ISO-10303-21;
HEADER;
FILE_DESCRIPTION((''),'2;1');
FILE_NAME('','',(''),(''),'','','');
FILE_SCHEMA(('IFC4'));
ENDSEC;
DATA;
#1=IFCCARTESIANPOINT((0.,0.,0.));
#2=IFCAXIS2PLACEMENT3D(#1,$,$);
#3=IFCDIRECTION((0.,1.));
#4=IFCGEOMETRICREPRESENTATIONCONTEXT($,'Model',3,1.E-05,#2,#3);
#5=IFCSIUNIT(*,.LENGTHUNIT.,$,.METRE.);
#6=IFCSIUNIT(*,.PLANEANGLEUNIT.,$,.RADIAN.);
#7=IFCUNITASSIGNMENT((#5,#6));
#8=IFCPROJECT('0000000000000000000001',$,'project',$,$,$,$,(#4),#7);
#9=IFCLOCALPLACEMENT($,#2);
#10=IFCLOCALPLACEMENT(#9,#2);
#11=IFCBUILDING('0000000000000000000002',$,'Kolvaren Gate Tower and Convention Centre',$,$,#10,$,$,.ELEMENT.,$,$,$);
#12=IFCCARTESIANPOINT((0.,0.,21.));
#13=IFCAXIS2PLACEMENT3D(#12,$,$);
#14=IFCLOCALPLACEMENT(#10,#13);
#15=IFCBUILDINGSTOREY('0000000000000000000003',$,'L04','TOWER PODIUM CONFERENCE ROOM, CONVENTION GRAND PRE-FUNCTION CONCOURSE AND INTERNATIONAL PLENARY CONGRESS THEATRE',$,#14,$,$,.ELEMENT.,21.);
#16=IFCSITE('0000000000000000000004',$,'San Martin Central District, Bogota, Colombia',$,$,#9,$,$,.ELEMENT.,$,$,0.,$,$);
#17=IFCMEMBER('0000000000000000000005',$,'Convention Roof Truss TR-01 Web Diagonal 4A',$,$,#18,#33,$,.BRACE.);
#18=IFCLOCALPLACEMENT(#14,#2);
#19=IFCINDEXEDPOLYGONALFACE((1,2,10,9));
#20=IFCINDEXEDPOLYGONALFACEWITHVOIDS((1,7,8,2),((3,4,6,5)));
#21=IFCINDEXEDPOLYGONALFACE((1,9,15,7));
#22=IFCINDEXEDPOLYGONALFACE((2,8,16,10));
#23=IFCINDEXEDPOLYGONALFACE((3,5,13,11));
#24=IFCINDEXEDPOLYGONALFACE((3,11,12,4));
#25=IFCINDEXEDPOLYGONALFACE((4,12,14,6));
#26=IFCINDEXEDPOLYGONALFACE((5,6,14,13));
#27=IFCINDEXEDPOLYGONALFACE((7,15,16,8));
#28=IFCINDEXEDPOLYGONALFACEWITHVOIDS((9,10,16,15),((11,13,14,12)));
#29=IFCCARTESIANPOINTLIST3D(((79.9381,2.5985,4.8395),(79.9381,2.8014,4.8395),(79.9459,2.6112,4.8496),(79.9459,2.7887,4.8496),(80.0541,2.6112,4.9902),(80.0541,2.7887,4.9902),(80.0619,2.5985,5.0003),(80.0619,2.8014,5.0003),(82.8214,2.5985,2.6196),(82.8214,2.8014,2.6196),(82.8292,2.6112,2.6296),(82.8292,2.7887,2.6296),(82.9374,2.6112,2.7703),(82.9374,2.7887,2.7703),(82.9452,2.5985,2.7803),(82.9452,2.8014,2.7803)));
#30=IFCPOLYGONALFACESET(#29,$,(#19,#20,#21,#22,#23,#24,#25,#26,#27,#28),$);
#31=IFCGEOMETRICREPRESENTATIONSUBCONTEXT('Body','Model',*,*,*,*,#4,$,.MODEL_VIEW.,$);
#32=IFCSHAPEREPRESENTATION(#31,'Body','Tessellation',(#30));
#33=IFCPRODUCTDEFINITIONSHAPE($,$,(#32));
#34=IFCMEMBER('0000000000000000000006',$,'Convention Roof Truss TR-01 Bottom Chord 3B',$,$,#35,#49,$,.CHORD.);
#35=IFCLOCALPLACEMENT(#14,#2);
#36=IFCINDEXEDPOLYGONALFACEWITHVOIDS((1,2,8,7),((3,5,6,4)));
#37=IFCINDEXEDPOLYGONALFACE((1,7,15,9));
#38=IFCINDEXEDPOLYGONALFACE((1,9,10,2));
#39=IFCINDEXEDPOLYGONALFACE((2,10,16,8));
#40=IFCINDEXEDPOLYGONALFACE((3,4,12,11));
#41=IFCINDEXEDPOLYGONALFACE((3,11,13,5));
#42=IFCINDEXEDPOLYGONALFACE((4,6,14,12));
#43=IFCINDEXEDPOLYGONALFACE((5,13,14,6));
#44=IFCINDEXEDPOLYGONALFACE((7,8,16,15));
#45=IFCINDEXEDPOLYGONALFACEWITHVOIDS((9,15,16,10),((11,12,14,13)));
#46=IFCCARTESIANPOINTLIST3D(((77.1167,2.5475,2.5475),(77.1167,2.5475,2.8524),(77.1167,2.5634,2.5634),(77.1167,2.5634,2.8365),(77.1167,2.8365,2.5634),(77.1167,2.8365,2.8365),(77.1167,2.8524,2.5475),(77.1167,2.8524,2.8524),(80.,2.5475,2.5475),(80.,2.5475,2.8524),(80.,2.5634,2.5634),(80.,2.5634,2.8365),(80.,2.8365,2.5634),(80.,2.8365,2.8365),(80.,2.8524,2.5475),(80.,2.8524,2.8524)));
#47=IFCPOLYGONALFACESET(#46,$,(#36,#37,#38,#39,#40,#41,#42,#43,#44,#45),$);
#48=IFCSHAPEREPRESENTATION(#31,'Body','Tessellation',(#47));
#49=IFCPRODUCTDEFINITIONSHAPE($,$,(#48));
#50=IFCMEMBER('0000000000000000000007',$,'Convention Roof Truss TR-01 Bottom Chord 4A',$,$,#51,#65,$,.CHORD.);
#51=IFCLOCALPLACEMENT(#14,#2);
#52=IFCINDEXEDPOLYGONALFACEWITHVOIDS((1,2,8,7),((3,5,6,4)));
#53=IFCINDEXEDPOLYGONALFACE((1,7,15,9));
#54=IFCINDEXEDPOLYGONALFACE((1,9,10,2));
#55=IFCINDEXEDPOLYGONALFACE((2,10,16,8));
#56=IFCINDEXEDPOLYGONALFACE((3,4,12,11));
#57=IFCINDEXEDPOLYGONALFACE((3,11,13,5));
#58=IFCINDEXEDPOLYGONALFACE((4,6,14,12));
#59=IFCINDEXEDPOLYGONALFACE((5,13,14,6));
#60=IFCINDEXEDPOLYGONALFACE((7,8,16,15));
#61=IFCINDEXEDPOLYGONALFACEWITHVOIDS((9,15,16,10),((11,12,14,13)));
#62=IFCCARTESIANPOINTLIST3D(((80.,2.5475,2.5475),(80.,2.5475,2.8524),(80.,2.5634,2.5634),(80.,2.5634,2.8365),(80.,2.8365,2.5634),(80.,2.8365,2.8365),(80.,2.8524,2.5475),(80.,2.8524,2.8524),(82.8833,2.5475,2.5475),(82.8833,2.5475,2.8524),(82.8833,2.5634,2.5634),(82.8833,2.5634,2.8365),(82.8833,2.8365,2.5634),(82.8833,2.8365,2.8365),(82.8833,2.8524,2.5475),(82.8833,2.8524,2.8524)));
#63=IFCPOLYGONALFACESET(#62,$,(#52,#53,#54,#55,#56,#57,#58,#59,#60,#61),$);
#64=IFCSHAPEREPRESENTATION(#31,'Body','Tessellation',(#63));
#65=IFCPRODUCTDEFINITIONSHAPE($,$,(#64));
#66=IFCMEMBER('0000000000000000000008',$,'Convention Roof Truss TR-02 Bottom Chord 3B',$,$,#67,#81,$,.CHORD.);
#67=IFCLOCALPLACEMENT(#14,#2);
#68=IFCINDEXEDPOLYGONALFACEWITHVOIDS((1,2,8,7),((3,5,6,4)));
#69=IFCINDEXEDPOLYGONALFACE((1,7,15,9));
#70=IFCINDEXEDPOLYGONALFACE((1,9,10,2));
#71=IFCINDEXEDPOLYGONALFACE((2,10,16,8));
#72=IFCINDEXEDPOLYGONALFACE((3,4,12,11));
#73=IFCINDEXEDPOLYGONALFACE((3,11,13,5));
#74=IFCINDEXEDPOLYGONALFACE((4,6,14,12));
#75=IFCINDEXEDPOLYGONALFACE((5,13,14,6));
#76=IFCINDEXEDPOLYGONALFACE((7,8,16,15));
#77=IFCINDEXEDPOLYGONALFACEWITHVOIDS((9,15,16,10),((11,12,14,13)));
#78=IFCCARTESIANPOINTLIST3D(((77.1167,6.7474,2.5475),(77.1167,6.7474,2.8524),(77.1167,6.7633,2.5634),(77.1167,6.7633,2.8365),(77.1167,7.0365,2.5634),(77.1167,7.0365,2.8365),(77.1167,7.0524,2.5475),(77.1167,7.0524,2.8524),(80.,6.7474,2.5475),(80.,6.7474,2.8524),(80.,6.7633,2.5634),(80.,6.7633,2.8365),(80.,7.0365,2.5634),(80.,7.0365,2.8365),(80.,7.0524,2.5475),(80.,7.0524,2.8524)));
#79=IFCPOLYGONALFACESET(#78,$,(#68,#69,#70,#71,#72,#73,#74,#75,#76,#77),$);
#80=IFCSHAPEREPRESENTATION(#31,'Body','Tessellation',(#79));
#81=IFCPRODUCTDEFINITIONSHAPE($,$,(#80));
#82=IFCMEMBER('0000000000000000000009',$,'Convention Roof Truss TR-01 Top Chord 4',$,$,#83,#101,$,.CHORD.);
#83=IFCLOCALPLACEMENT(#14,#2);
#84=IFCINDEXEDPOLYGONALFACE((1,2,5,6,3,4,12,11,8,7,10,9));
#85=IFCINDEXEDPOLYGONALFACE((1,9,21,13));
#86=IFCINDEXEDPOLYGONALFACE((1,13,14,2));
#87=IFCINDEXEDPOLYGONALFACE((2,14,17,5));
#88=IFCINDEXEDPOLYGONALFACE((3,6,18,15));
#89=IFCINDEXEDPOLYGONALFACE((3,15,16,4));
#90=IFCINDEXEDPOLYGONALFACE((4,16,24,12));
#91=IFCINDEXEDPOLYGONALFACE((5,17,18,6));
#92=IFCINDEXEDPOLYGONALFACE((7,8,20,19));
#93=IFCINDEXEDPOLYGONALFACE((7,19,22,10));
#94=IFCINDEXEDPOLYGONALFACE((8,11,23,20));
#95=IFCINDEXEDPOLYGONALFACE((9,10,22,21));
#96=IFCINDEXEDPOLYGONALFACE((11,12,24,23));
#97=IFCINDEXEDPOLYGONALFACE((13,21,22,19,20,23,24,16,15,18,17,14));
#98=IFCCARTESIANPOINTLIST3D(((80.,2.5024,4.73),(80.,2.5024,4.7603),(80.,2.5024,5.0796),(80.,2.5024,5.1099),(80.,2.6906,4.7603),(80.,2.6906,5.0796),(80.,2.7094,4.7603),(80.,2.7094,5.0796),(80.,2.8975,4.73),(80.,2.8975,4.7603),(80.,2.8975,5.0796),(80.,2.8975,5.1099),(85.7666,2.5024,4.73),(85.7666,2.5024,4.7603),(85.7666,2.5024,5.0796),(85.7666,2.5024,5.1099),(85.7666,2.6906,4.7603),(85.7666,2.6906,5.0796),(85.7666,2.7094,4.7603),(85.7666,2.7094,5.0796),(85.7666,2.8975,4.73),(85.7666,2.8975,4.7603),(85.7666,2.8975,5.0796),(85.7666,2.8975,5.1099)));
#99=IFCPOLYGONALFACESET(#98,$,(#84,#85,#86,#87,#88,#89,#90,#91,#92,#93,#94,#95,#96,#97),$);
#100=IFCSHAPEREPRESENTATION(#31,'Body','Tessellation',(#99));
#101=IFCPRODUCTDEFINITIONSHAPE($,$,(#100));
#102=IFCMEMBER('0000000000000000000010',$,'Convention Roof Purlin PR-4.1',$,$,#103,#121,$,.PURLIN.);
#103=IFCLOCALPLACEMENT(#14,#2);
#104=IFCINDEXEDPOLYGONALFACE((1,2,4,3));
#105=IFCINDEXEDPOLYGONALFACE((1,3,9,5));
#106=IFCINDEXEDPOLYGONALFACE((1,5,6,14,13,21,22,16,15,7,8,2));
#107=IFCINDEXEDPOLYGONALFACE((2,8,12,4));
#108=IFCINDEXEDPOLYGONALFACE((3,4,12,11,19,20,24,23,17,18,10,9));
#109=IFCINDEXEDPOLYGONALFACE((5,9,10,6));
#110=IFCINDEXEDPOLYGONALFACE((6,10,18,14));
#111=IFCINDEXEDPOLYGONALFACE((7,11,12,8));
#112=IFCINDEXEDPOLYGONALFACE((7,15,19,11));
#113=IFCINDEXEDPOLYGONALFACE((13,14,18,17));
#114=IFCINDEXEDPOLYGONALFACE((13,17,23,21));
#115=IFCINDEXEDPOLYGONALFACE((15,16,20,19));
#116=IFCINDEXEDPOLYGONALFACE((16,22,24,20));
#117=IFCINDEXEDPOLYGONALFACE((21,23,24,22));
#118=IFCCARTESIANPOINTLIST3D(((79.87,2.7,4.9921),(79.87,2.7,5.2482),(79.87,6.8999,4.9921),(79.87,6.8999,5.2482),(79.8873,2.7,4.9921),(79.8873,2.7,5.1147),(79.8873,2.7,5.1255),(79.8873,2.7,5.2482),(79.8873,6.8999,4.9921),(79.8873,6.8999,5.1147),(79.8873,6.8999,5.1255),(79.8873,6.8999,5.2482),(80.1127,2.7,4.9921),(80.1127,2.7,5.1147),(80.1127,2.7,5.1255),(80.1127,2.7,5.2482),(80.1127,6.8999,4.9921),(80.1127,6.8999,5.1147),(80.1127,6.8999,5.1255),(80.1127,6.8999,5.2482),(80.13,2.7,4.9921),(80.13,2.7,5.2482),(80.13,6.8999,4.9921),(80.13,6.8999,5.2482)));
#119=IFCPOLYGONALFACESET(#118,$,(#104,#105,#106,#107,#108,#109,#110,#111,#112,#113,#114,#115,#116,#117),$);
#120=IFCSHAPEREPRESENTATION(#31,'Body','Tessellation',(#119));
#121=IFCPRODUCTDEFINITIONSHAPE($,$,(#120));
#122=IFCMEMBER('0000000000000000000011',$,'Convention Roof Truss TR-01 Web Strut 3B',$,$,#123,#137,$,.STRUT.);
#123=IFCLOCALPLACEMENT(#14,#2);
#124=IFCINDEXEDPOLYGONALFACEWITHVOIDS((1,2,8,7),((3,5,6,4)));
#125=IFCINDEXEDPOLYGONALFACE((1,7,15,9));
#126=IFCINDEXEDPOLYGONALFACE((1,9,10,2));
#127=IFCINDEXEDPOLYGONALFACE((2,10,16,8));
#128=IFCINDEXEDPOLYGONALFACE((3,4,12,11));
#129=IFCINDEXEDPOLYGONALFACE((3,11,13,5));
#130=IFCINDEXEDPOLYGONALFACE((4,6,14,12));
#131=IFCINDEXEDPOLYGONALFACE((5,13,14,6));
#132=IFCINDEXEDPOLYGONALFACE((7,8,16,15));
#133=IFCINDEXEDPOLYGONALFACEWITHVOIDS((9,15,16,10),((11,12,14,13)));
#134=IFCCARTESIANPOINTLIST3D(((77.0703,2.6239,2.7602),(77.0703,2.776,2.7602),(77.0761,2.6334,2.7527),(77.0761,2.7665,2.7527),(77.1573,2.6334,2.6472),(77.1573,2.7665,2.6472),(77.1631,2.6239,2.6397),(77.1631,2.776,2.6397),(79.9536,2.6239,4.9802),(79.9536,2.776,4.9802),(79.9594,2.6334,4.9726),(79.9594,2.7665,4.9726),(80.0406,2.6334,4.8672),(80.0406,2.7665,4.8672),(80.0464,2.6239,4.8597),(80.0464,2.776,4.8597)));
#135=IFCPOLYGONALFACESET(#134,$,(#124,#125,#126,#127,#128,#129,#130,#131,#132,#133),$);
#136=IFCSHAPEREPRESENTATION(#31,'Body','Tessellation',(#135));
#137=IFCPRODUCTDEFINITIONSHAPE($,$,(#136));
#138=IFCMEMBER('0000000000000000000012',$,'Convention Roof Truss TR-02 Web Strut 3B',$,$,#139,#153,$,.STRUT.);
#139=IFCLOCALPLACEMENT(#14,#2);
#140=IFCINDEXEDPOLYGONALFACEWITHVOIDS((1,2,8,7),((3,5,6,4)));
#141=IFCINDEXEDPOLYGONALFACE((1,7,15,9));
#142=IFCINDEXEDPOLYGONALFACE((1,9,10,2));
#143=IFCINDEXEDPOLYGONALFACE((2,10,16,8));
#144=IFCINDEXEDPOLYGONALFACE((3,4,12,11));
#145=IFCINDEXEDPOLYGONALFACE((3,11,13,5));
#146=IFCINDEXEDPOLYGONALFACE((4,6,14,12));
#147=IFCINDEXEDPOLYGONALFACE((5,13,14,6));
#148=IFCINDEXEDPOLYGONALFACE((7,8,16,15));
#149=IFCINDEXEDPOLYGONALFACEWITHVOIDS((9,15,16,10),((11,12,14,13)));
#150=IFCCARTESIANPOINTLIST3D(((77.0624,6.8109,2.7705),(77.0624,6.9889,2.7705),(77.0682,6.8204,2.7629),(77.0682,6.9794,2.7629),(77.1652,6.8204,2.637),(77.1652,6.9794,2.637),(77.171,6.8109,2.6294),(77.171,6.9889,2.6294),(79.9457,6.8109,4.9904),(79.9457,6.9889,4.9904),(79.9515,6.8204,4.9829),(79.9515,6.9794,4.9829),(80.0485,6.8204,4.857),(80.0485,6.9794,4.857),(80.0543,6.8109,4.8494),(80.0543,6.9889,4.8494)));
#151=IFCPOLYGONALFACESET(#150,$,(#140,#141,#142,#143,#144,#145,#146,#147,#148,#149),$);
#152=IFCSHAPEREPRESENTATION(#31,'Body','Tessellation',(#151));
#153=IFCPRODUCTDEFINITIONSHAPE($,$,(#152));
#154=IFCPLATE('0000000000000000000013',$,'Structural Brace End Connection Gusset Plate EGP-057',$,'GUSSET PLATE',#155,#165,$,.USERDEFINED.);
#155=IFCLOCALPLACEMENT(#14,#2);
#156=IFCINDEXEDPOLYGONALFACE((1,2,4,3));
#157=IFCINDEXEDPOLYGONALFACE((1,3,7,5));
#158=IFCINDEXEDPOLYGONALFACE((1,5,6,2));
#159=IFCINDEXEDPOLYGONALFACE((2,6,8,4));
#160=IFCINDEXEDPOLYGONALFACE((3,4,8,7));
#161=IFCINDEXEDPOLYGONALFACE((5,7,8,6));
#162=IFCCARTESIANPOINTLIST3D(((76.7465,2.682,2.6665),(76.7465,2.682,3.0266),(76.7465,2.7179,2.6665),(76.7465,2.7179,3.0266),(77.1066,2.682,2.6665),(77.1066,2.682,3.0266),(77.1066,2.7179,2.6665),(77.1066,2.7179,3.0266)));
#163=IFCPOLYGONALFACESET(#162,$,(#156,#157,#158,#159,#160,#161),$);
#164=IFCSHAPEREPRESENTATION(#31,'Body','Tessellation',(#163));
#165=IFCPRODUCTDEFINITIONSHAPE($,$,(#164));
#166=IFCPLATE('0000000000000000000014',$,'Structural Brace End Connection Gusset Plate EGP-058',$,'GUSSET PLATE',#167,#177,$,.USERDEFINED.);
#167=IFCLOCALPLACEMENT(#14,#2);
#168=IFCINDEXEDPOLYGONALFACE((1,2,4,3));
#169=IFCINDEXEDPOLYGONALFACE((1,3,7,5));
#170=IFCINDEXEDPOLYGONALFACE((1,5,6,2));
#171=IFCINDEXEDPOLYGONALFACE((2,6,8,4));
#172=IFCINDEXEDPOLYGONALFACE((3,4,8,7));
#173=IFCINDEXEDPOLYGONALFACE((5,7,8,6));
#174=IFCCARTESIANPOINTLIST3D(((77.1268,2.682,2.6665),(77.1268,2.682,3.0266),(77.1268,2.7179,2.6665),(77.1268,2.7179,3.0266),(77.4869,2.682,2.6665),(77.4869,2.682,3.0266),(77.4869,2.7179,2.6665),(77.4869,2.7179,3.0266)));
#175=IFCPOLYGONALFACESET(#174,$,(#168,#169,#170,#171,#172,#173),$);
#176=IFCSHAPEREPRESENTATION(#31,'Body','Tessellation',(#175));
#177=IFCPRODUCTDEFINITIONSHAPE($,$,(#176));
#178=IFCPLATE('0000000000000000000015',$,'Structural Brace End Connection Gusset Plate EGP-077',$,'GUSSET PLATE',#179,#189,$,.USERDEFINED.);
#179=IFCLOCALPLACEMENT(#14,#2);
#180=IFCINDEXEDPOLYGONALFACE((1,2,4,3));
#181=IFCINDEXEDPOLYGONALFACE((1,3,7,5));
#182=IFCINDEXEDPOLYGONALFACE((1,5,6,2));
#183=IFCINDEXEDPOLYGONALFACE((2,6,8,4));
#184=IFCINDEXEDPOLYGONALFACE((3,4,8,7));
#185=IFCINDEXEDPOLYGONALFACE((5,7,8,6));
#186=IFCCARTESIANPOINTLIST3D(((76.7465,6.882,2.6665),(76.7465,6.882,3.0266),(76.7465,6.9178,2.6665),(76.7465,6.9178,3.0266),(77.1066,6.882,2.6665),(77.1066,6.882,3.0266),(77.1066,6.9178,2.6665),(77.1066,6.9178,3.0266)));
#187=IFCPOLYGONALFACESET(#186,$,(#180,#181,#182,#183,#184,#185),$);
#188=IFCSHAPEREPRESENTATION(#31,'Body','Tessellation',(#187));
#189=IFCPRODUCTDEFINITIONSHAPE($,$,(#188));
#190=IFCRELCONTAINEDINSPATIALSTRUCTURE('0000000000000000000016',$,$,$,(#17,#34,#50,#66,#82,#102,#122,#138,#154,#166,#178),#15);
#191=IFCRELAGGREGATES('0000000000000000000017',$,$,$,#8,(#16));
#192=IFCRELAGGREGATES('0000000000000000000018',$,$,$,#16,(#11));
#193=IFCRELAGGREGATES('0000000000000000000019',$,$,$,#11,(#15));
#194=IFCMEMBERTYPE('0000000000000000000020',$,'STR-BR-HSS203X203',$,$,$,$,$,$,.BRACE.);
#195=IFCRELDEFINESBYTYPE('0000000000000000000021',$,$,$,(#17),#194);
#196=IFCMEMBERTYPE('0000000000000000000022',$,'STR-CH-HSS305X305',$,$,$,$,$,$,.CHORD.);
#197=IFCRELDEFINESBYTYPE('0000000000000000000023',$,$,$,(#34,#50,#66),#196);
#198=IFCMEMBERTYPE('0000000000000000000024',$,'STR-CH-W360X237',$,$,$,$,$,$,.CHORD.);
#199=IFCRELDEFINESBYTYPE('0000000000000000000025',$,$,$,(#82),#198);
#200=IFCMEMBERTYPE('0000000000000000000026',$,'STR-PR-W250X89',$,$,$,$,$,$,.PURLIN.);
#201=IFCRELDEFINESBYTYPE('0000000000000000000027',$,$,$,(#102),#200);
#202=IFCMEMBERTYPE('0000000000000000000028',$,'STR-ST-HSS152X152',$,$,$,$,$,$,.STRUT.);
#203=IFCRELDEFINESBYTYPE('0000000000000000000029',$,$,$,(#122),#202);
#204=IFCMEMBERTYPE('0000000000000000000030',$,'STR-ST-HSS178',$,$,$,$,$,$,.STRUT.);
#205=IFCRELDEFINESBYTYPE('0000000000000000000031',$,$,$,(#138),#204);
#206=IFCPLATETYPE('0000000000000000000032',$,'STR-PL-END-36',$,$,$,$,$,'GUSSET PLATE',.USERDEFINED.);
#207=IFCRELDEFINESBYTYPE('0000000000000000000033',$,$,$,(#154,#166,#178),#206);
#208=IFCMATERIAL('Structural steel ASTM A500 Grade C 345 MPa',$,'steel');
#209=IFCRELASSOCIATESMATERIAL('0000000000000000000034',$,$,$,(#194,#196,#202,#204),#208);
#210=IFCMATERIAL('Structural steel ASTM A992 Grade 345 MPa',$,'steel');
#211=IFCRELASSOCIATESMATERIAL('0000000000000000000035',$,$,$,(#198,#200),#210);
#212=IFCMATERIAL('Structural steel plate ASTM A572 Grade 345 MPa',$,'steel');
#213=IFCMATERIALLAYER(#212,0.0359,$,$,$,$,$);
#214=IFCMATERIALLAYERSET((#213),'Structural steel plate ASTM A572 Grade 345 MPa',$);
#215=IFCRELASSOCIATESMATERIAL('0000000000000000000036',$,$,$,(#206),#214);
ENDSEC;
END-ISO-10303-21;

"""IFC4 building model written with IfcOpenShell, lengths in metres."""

from ifc_helpers import new_model, si_unit, direction, frame, origin, origin_2d, place, context, subcontext, project, spatial, rectangle, hollow_rectangle, i_section, extrude, material, layer, layer_set, material_profile, profile_set, type_object, element, save


model = new_model("IFC4")

# Units and contexts
model_context = context("Model", 3, precision=1e-05, world=origin(), true_north=direction((0.0, 1.0)))
body_context = subcontext(model_context, "Body", "Model", "MODEL_VIEW")
ifc_project = project(units=[si_unit("LENGTHUNIT", "METRE"), si_unit("PLANEANGLEUNIT", "RADIAN")], contexts=[model_context])

# Site, building, storey
site_placement = place(None, origin())
site = spatial("IfcSite", under=ifc_project, at=site_placement, Name="San Martin Central District, Bogota, Colombia", CompositionType="ELEMENT", RefElevation=0.0)
building_placement = place(site_placement, origin())
building = spatial("IfcBuilding", under=site, at=building_placement, Name="Kolvaren Gate Tower and Convention Centre", CompositionType="ELEMENT")
storey_placement = place(building_placement, frame((0.0, 0.0, 21.0)))
storey = spatial("IfcBuildingStorey", under=building, at=storey_placement, Name="L04", Description="TOWER PODIUM CONFERENCE ROOM, CONVENTION GRAND PRE-FUNCTION CONCOURSE AND INTERNATIONAL PLENARY CONGRESS THEATRE", CompositionType="ELEMENT", Elevation=21.0)

# Members
ifc_material_1 = material(Name="Structural steel ASTM A500 Grade C 345 MPa", Category="steel")
ifc_material_profile_1 = material_profile(ifc_material_1, hollow_rectangle(XDim=0.2029, YDim=0.2029, WallThickness=0.0127, at=origin_2d()), Name="HSS203X203X12.7")
ifc_profile_set_1 = profile_set([ifc_material_profile_1], Name="Structural steel ASTM A500 Grade C 345 MPa")
member_type_1 = type_object("IfcMemberType", Name="STR-BR-HSS203X203", PredefinedType="BRACE", material=ifc_profile_set_1)
member_1_placement = place(storey_placement, frame((80.0, 2.7, 4.9199), z_axis=(0.792352, 0.0, -0.610064), x_axis=(0.0, 1.0, 0.0)))
element("IfcMember", 1, at=member_1_placement, inside=storey, type_object=member_type_1, Name="Convention Roof Truss TR-01 Web Diagonal 4A", PredefinedType="BRACE", context=body_context, shape_type="SweptSolid", body=[
    extrude(hollow_rectangle(XDim=0.2029, YDim=0.2029, WallThickness=0.0127, at=origin_2d()), origin(), (0.0, 0.0, 1.0), 3.6389),
])
ifc_material_profile_2 = material_profile(ifc_material_1, hollow_rectangle(XDim=0.3049, YDim=0.3049, WallThickness=0.0159, at=origin_2d()), Name="HSS305X305X15.9")
ifc_profile_set_2 = profile_set([ifc_material_profile_2], Name="Structural steel ASTM A500 Grade C 345 MPa")
member_type_2 = type_object("IfcMemberType", Name="STR-CH-HSS305X305", PredefinedType="CHORD", material=ifc_profile_set_2)
for number, where, z_axis, x_axis, name in (
    (2, (77.1167, 2.7, 2.7), (1.0, 0.0, 0.0), (0.0, 1.0, 0.0), "Convention Roof Truss TR-01 Bottom Chord 3B"),
    (3, (80.0, 2.7, 2.7), (1.0, 0.0, 0.0), (0.0, 1.0, 0.0), "Convention Roof Truss TR-01 Bottom Chord 4A"),
    (4, (77.1167, 6.8999, 2.7), (1.0, 0.0, 0.0), (0.0, 1.0, 0.0), "Convention Roof Truss TR-02 Bottom Chord 3B"),
):
    element("IfcMember", number, at=place(storey_placement, frame(where, z_axis=z_axis, x_axis=x_axis)), inside=storey, type_object=member_type_2, Name=name, PredefinedType="CHORD", context=body_context, shape_type="SweptSolid", body=[
        extrude(hollow_rectangle(XDim=0.3049, YDim=0.3049, WallThickness=0.0159, at=origin_2d()), origin(), (0.0, 0.0, 1.0), 2.8833),
    ])
ifc_material_2 = material(Name="Structural steel ASTM A992 Grade 345 MPa", Category="steel")
ifc_material_profile_3 = material_profile(ifc_material_2, i_section(OverallWidth=0.395, OverallDepth=0.3799, WebThickness=0.0188, FlangeThickness=0.0303, at=origin_2d()), Name="W360X237")
ifc_profile_set_3 = profile_set([ifc_material_profile_3], Name="Structural steel ASTM A992 Grade 345 MPa")
member_type_3 = type_object("IfcMemberType", Name="STR-CH-W360X237", PredefinedType="CHORD", material=ifc_profile_set_3)
member_2_placement = place(storey_placement, frame((80.0, 2.7, 4.9199), z_axis=(1.0, 0.0, 0.0), x_axis=(0.0, 1.0, 0.0)))
element("IfcMember", 5, at=member_2_placement, inside=storey, type_object=member_type_3, Name="Convention Roof Truss TR-01 Top Chord 4", PredefinedType="CHORD", context=body_context, shape_type="SweptSolid", body=[
    extrude(i_section(OverallWidth=0.395, OverallDepth=0.3799, WebThickness=0.0188, FlangeThickness=0.0303, at=origin_2d()), origin(), (0.0, 0.0, 1.0), 5.7666),
])
ifc_material_profile_4 = material_profile(ifc_material_2, i_section(OverallWidth=0.2561, OverallDepth=0.26, WebThickness=0.0107, FlangeThickness=0.0173, at=origin_2d()), Name="W250X89")
ifc_profile_set_4 = profile_set([ifc_material_profile_4], Name="Structural steel ASTM A992 Grade 345 MPa")
member_type_4 = type_object("IfcMemberType", Name="STR-PR-W250X89", PredefinedType="PURLIN", material=ifc_profile_set_4)
member_3_placement = place(storey_placement, frame((80.0, 2.7, 5.1201), z_axis=(0.0, 1.0, 0.0), x_axis=(0.0, 0.0, 1.0)))
element("IfcMember", 6, at=member_3_placement, inside=storey, type_object=member_type_4, Name="Convention Roof Purlin PR-4.1", PredefinedType="PURLIN", context=body_context, shape_type="SweptSolid", body=[
    extrude(i_section(OverallWidth=0.2561, OverallDepth=0.26, WebThickness=0.0107, FlangeThickness=0.0173, at=origin_2d()), origin(), (0.0, 0.0, 1.0), 4.2),
])
ifc_material_profile_5 = material_profile(ifc_material_1, hollow_rectangle(XDim=0.1521, YDim=0.1521, WallThickness=0.0095, at=origin_2d()), Name="HSS152X152X9.5")
ifc_profile_set_5 = profile_set([ifc_material_profile_5], Name="Structural steel ASTM A500 Grade C 345 MPa")
member_type_5 = type_object("IfcMemberType", Name="STR-ST-HSS152X152", PredefinedType="STRUT", material=ifc_profile_set_5)
member_4_placement = place(storey_placement, frame((77.1167, 2.7, 2.7), z_axis=(0.792352, 0.0, 0.610064), x_axis=(0.0, 1.0, 0.0)))
element("IfcMember", 7, at=member_4_placement, inside=storey, type_object=member_type_5, Name="Convention Roof Truss TR-01 Web Strut 3B", PredefinedType="STRUT", context=body_context, shape_type="SweptSolid", body=[
    extrude(hollow_rectangle(XDim=0.1521, YDim=0.1521, WallThickness=0.0095, at=origin_2d()), origin(), (0.0, 0.0, 1.0), 3.6389),
])
ifc_material_profile_6 = material_profile(ifc_material_1, hollow_rectangle(XDim=0.178, YDim=0.178, WallThickness=0.0095, at=origin_2d()), Name="HSS178X178X9.5")
ifc_profile_set_6 = profile_set([ifc_material_profile_6], Name="Structural steel ASTM A500 Grade C 345 MPa")
member_type_6 = type_object("IfcMemberType", Name="STR-ST-HSS178", PredefinedType="STRUT", material=ifc_profile_set_6)
member_5_placement = place(storey_placement, frame((77.1167, 6.8999, 2.7), z_axis=(0.792352, 0.0, 0.610064), x_axis=(0.0, 1.0, 0.0)))
element("IfcMember", 8, at=member_5_placement, inside=storey, type_object=member_type_6, Name="Convention Roof Truss TR-02 Web Strut 3B", PredefinedType="STRUT", context=body_context, shape_type="SweptSolid", body=[
    extrude(hollow_rectangle(XDim=0.178, YDim=0.178, WallThickness=0.0095, at=origin_2d()), origin(), (0.0, 0.0, 1.0), 3.6389),
])

# Plates
ifc_material_3 = material(Name="Structural steel plate ASTM A572 Grade 345 MPa", Category="steel")
ifc_layer_1 = layer(ifc_material_3, 0.0359)
ifc_layer_set_1 = layer_set([ifc_layer_1], Name="Structural steel plate ASTM A572 Grade 345 MPa")
plate_type_1 = type_object("IfcPlateType", Name="STR-PL-END-36", ElementType="GUSSET PLATE", PredefinedType="USERDEFINED", material=ifc_layer_set_1)
for number, where, z_axis, x_axis, name in (
    (9, (76.9265, 2.7, 2.6665), (0.0, 0.0, 1.0), (1.0, 0.0, 0.0), "Structural Brace End Connection Gusset Plate EGP-057"),
    (10, (77.3069, 2.7, 2.6665), (0.0, 0.0, 1.0), (1.0, 0.0, 0.0), "Structural Brace End Connection Gusset Plate EGP-058"),
    (11, (76.9265, 6.8999, 2.6665), (0.0, 0.0, 1.0), (1.0, 0.0, 0.0), "Structural Brace End Connection Gusset Plate EGP-077"),
):
    element("IfcPlate", number, at=place(storey_placement, frame(where, z_axis=z_axis, x_axis=x_axis)), inside=storey, type_object=plate_type_1, Name=name, ObjectType="GUSSET PLATE", PredefinedType="USERDEFINED", context=body_context, shape_type="SweptSolid", body=[
        extrude(rectangle(XDim=0.3601, YDim=0.0359, at=origin_2d()), origin(), (0.0, 0.0, 1.0), 0.3601),
    ])

save(model, "model.ifc")
